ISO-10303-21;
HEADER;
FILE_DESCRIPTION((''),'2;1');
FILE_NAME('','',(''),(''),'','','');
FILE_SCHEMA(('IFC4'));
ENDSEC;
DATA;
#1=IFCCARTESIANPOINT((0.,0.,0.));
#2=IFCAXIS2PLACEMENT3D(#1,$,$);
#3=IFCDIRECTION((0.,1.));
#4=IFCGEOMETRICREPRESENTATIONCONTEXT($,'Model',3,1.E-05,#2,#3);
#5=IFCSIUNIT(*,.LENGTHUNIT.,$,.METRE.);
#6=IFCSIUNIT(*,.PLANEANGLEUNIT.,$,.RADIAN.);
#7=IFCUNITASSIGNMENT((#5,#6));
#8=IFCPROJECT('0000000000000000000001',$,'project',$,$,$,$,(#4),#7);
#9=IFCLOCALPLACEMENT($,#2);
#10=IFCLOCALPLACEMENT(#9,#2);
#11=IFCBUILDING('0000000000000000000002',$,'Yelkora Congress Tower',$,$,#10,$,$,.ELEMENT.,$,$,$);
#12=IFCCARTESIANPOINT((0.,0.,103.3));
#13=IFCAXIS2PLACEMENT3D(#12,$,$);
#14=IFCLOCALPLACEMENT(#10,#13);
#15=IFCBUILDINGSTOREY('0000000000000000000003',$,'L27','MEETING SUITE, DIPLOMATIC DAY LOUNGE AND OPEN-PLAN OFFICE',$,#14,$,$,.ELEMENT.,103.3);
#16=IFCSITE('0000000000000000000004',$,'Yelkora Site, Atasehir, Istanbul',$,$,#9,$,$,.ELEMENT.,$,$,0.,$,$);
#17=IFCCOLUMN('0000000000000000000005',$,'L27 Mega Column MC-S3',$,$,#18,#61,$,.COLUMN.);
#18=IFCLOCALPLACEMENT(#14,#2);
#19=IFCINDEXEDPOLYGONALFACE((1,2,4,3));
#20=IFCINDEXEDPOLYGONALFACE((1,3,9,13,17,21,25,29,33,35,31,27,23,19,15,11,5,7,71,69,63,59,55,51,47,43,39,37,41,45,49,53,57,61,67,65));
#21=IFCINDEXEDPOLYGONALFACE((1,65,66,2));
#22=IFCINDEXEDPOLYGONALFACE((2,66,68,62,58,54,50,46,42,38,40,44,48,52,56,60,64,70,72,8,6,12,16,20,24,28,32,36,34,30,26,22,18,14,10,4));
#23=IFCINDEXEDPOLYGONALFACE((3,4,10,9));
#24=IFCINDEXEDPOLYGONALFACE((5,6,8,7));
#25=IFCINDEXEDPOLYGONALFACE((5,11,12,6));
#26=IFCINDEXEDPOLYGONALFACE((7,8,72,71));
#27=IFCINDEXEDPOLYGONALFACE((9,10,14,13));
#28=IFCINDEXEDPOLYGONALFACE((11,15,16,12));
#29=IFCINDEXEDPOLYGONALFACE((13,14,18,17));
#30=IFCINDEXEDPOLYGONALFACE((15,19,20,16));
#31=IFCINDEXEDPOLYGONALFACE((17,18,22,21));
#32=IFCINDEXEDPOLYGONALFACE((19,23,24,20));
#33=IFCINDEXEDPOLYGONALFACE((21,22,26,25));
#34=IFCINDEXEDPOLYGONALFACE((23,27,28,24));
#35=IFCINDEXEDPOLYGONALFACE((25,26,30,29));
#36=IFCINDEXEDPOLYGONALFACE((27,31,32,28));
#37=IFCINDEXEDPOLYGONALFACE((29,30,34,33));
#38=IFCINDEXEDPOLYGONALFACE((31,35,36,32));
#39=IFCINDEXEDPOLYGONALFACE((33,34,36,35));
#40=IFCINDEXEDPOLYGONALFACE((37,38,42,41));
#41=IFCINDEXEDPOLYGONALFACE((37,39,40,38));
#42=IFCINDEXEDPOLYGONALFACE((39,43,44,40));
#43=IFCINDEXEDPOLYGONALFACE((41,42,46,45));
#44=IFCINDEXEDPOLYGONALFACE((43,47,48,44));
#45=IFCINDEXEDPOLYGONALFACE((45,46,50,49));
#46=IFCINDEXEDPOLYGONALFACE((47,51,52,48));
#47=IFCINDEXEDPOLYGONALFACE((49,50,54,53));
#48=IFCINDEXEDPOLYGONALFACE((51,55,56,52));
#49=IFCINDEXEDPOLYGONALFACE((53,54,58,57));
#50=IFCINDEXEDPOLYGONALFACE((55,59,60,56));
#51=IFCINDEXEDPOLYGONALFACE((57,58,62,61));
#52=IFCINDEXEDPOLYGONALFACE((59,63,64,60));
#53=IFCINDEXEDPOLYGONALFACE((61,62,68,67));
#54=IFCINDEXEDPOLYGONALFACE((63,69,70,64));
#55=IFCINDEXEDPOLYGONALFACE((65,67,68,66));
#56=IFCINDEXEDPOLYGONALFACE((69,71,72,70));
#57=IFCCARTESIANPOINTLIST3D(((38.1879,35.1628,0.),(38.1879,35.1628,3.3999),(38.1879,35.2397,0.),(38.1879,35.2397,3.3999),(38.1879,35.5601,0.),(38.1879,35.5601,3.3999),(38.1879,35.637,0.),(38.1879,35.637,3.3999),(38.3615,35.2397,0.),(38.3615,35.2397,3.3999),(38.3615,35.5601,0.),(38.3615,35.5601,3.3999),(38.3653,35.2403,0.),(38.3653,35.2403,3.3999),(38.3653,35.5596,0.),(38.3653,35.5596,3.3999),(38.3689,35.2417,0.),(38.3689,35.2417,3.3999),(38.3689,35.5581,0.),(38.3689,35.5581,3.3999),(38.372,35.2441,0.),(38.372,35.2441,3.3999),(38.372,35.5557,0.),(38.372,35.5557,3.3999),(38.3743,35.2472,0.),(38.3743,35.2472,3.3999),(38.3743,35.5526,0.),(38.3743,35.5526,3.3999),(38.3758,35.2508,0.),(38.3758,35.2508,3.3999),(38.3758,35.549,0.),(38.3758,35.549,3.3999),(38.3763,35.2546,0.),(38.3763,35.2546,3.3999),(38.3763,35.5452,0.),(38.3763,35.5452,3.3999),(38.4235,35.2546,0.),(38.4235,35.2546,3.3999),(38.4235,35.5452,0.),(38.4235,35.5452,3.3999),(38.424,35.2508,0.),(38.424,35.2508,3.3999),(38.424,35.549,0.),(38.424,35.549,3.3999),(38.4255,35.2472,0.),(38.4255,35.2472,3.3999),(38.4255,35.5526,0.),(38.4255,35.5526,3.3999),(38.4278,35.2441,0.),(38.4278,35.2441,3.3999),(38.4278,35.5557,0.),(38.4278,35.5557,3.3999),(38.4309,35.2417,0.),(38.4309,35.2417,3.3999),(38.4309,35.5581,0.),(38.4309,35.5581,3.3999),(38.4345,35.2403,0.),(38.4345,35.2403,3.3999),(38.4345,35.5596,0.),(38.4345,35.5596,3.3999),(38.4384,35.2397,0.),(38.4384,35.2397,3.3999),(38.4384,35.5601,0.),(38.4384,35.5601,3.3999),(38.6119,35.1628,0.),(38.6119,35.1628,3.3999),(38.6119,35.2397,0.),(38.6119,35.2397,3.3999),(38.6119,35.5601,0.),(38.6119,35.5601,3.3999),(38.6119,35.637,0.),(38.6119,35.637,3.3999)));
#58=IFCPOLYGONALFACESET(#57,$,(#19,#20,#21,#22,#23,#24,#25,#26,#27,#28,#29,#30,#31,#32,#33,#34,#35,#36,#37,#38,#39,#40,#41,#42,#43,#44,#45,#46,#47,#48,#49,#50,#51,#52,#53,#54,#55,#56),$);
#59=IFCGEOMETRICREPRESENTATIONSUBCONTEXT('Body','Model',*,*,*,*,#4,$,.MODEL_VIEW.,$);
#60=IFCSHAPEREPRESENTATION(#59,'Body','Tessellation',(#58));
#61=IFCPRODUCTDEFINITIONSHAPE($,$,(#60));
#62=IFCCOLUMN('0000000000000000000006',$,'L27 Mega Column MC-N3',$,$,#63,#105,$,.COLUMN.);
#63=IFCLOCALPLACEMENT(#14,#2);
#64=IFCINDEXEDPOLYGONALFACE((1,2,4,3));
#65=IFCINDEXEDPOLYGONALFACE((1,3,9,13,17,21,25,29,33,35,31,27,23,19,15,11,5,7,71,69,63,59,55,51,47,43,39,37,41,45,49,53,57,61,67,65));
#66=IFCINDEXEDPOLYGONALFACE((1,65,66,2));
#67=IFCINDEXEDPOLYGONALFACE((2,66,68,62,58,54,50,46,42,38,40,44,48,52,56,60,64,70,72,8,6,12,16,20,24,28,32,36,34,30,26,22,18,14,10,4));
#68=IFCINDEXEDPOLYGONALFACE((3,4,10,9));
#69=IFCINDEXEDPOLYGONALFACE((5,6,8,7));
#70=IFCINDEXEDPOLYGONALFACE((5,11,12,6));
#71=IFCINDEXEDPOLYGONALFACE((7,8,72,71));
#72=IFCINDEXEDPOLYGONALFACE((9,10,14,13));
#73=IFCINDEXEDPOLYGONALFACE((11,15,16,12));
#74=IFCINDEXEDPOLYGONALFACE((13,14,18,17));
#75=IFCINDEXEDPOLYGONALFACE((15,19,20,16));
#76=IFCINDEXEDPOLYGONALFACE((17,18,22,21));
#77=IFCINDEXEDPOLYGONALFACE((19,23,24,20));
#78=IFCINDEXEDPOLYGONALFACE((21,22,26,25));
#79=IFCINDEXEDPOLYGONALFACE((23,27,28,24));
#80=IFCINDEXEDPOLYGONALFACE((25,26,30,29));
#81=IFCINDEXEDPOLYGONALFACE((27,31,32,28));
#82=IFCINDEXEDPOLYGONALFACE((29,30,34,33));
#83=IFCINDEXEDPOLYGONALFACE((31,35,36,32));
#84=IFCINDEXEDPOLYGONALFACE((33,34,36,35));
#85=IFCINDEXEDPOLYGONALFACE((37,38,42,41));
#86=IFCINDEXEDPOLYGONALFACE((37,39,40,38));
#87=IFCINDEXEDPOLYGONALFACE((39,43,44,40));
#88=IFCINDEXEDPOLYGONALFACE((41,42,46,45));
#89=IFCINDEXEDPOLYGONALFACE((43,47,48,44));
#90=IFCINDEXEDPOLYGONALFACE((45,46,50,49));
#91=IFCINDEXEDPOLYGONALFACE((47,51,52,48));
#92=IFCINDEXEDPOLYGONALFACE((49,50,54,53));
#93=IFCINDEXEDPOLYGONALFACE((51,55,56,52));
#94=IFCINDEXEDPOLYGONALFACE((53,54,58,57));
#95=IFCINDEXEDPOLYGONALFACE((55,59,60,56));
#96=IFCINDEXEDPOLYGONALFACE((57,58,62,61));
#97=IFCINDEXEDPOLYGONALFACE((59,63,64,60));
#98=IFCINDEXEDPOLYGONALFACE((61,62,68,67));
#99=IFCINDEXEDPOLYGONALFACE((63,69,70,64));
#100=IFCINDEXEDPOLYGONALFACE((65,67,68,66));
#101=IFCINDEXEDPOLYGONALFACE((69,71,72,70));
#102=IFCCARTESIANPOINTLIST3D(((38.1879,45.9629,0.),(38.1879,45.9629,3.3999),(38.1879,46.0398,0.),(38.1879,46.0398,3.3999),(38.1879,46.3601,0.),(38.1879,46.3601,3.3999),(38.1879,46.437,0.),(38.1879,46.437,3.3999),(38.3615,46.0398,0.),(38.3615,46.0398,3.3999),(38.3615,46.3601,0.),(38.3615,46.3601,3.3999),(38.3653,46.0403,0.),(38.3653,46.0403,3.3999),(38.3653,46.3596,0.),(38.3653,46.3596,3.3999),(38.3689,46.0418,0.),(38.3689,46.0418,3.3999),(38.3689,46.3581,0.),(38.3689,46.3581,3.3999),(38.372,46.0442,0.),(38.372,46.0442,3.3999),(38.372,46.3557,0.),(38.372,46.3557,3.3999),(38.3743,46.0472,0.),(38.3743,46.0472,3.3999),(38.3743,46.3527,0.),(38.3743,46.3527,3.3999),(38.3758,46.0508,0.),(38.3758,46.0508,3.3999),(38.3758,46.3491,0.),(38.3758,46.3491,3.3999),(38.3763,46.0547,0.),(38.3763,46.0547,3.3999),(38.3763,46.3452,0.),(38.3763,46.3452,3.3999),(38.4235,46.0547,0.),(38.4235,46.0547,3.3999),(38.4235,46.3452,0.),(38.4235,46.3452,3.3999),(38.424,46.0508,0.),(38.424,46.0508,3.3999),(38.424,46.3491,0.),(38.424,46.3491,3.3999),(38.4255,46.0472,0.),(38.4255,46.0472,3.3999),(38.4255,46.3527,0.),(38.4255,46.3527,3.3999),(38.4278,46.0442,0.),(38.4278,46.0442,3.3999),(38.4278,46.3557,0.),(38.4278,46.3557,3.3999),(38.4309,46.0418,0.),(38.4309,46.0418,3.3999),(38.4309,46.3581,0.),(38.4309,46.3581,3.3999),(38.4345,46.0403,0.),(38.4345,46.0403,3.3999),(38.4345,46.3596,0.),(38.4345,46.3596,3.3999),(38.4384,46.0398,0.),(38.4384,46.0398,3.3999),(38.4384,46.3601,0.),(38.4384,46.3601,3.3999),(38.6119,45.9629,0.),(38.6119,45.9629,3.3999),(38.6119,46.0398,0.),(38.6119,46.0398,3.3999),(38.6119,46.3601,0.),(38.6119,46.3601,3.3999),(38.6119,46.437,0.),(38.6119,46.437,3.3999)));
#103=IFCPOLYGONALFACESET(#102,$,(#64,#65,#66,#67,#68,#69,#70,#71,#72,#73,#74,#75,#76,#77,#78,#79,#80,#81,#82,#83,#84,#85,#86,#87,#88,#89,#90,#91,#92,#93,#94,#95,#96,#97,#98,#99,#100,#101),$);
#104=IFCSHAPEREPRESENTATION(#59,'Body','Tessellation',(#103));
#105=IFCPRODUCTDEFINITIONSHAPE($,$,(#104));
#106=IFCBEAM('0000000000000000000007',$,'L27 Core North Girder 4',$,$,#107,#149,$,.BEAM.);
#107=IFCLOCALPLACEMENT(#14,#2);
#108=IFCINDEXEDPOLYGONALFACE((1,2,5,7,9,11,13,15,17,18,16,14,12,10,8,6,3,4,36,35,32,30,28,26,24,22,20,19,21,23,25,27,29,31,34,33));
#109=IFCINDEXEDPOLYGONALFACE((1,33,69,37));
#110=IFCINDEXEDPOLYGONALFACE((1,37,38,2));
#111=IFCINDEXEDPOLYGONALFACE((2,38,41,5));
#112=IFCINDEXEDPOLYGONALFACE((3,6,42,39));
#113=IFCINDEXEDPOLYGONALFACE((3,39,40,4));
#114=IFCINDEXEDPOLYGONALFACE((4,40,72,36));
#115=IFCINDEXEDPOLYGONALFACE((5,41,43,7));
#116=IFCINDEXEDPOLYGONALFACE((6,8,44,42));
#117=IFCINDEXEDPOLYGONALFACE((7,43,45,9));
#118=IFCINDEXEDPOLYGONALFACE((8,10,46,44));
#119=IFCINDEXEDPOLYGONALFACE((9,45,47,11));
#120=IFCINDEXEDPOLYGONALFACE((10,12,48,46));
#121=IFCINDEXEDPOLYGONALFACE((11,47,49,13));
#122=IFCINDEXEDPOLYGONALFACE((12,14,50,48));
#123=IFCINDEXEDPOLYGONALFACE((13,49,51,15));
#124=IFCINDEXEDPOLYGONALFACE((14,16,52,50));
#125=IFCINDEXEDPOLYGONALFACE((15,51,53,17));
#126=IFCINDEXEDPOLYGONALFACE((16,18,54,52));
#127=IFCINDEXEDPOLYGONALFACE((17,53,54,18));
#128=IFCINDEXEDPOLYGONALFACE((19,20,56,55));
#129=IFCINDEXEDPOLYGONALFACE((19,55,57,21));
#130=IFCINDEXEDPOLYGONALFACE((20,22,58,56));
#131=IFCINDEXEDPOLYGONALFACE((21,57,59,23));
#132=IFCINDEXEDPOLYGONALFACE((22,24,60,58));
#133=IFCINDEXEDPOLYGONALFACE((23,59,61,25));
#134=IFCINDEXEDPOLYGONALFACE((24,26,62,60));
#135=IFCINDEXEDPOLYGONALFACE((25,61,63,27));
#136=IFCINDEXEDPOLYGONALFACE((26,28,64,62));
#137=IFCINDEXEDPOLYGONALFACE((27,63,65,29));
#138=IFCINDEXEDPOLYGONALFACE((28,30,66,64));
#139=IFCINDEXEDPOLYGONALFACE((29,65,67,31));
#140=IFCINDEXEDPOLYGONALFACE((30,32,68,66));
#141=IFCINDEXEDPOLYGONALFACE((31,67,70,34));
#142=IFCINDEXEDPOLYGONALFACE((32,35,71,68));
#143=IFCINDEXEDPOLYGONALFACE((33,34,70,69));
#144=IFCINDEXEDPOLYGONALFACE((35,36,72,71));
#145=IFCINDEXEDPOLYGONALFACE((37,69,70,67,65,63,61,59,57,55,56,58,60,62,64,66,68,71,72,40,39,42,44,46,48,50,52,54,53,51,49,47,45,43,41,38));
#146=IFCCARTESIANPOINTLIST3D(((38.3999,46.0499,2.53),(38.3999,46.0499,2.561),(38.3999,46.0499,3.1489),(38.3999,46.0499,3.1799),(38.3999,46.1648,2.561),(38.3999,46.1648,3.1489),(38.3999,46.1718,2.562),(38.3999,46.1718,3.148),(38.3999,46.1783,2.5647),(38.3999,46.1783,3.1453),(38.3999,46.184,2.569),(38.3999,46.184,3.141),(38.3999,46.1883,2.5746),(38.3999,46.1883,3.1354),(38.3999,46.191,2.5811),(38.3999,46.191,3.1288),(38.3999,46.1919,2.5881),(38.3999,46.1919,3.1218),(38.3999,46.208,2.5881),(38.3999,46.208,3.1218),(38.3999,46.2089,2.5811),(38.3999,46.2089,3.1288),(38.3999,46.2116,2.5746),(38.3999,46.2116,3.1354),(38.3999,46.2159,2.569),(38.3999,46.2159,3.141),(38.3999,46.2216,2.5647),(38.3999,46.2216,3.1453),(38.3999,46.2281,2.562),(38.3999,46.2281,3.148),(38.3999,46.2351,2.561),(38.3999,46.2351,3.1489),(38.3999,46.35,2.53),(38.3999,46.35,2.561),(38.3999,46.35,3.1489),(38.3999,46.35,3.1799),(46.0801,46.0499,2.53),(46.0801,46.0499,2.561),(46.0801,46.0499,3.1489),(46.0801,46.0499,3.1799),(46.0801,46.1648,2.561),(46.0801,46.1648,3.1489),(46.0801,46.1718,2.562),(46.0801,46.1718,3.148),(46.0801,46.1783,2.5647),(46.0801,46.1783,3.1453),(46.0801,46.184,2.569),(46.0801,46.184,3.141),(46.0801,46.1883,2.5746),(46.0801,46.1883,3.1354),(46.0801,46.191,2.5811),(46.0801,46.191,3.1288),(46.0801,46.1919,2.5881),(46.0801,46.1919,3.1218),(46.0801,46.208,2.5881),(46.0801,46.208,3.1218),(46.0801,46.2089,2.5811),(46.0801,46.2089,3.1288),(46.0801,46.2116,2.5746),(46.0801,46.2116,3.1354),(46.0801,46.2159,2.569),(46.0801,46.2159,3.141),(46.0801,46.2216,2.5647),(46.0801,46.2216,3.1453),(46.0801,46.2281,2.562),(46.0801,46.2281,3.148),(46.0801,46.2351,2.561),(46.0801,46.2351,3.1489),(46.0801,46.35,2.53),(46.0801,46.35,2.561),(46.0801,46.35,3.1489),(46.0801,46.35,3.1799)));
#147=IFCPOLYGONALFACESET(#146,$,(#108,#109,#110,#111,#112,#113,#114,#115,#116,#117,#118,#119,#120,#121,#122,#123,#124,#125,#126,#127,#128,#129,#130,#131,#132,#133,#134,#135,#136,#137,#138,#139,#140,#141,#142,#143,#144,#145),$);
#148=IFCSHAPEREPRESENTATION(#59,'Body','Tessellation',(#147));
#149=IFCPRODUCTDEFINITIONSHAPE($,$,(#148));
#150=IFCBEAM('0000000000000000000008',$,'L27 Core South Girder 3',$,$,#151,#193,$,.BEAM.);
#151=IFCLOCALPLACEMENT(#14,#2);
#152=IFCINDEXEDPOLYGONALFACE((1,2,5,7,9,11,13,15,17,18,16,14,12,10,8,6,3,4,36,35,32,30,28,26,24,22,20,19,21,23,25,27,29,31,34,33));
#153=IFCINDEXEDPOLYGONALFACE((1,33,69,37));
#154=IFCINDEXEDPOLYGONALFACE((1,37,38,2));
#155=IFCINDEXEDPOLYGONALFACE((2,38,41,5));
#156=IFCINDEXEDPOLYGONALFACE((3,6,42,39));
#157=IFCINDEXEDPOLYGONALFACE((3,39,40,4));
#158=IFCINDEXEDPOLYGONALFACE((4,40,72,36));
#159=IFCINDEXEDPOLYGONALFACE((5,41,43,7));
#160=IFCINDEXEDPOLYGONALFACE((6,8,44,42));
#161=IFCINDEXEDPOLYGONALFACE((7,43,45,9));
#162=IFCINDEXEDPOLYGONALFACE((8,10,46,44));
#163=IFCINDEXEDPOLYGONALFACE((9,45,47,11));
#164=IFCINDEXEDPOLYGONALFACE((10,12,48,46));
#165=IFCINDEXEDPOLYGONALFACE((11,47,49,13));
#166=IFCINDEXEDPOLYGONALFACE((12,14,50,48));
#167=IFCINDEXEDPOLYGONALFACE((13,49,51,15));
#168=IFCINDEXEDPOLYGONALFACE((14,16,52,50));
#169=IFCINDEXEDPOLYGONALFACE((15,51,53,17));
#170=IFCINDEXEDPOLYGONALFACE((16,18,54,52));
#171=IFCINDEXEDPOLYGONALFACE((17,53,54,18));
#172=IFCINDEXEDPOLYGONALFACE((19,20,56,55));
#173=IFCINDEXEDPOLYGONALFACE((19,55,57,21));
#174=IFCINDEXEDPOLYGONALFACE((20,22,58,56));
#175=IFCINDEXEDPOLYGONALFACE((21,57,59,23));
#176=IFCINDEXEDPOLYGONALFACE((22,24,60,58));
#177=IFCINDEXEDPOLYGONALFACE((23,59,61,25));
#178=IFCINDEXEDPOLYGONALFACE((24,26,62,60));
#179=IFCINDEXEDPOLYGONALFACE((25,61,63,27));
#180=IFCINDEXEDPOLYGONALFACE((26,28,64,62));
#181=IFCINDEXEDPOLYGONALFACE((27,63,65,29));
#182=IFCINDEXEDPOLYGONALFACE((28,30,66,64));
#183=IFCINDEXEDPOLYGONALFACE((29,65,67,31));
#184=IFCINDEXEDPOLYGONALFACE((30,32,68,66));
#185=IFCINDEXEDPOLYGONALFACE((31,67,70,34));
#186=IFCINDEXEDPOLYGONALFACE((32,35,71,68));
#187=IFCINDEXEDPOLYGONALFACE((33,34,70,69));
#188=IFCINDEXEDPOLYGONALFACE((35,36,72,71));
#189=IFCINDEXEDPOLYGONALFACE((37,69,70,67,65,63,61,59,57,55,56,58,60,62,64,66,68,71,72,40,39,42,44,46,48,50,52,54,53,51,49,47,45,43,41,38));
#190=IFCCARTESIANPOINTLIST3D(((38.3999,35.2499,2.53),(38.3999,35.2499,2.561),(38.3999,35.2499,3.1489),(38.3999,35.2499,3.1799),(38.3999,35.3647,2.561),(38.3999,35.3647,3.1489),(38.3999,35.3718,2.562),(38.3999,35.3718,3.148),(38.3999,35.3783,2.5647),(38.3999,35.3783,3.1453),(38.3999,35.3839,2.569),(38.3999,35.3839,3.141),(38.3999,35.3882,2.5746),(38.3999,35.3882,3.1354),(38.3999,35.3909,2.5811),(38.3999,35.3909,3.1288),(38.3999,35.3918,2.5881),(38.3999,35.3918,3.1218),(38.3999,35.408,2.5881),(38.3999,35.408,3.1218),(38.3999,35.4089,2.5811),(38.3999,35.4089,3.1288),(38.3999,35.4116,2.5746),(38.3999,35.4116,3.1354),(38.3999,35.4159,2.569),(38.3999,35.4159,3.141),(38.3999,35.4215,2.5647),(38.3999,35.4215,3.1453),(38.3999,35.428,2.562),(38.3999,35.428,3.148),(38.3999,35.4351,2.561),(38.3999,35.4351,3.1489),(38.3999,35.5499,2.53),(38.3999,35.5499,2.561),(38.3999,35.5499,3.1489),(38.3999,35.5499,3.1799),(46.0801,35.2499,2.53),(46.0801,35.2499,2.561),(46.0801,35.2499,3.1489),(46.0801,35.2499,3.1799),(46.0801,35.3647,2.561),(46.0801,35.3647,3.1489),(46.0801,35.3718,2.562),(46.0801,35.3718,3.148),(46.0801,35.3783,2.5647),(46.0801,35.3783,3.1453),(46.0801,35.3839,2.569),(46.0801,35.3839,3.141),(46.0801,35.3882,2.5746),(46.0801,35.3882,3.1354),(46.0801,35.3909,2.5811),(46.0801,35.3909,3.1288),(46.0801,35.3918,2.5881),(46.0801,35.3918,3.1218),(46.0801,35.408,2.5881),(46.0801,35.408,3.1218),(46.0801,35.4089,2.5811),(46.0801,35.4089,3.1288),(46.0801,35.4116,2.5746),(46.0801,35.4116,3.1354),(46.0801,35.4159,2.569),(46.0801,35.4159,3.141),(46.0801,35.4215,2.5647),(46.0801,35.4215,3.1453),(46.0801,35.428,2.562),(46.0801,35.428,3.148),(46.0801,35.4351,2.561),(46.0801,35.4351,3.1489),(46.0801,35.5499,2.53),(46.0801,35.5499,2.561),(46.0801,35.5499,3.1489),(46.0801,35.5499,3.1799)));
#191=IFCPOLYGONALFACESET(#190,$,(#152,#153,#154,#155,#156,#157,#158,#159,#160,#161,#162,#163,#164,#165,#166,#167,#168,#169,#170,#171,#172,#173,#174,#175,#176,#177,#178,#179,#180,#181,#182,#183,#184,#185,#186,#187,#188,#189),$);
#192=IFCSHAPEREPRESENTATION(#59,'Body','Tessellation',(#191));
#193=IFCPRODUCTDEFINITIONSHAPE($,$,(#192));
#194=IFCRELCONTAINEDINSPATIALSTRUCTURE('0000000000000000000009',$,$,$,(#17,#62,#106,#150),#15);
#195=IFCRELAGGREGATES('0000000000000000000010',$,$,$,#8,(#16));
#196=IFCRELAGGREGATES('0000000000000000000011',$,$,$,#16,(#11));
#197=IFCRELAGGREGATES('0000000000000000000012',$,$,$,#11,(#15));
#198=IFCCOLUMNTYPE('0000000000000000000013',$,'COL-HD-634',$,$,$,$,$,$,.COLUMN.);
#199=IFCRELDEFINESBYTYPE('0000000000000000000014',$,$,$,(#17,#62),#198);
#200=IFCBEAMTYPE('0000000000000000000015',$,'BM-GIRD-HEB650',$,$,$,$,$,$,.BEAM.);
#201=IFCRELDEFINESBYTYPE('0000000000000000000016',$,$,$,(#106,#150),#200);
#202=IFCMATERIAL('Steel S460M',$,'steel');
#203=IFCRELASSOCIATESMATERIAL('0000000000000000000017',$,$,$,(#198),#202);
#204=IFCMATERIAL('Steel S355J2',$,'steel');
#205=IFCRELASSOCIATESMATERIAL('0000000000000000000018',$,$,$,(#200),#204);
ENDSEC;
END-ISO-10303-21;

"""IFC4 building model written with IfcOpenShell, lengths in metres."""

from ifc_helpers import new_model, si_unit, direction, frame, origin, origin_2d, place, context, subcontext, project, spatial, i_section, extrude, material, material_profile, profile_set, type_object, element, save


model = new_model("IFC4")

# Units and contexts
model_context = context("Model", 3, precision=1e-05, world=origin(), true_north=direction((0.0, 1.0)))
body_context = subcontext(model_context, "Body", "Model", "MODEL_VIEW")
ifc_project = project(units=[si_unit("LENGTHUNIT", "METRE"), si_unit("PLANEANGLEUNIT", "RADIAN")], contexts=[model_context])

# Site, building, storey
site_placement = place(None, origin())
site = spatial("IfcSite", under=ifc_project, at=site_placement, Name="Yelkora Site, Atasehir, Istanbul", CompositionType="ELEMENT", RefElevation=0.0)
building_placement = place(site_placement, origin())
building = spatial("IfcBuilding", under=site, at=building_placement, Name="Yelkora Congress Tower", CompositionType="ELEMENT")
storey_placement = place(building_placement, frame((0.0, 0.0, 103.3)))
storey = spatial("IfcBuildingStorey", under=building, at=storey_placement, Name="L27", Description="MEETING SUITE, DIPLOMATIC DAY LOUNGE AND OPEN-PLAN OFFICE", CompositionType="ELEMENT", Elevation=103.3)

# Columns
ifc_material_1 = material(Name="Steel S460M", Category="steel")
ifc_material_profile_1 = material_profile(ifc_material_1, i_section(OverallWidth=0.4241, OverallDepth=0.4741, WebThickness=0.0471, FlangeThickness=0.0769, FilletRadius=0.0149, at=origin_2d()), Name="HD 400x634")
ifc_profile_set_1 = profile_set([ifc_material_profile_1], Name="Steel S460M")
column_type = type_object("IfcColumnType", Name="COL-HD-634", PredefinedType="COLUMN", material=ifc_profile_set_1)
for number, where, z_axis, x_axis, name in (
    (1, (38.3999, 35.3999, 0.0), (0.0, 0.0, 1.0), (1.0, 0.0, 0.0), "L27 Mega Column MC-S3"),
    (2, (38.3999, 46.2, 0.0), (0.0, 0.0, 1.0), (1.0, 0.0, 0.0), "L27 Mega Column MC-N3"),
):
    element("IfcColumn", number, at=place(storey_placement, frame(where, z_axis=z_axis, x_axis=x_axis)), inside=storey, type_object=column_type, Name=name, PredefinedType="COLUMN", context=body_context, shape_type="SweptSolid", body=[
        extrude(i_section(OverallWidth=0.4241, OverallDepth=0.4741, WebThickness=0.0471, FlangeThickness=0.0769, FilletRadius=0.0149, at=origin_2d()), origin(), (0.0, 0.0, 1.0), 3.3999),
    ])

# Beams
ifc_material_2 = material(Name="Steel S355J2", Category="steel")
ifc_material_profile_2 = material_profile(ifc_material_2, i_section(OverallWidth=0.3, OverallDepth=0.6499, WebThickness=0.0161, FlangeThickness=0.031, FilletRadius=0.0271, at=origin_2d()), Name="HEB 650")
ifc_profile_set_2 = profile_set([ifc_material_profile_2], Name="Steel S355J2")
beam_type = type_object("IfcBeamType", Name="BM-GIRD-HEB650", PredefinedType="BEAM", material=ifc_profile_set_2)
for number, where, z_axis, x_axis, name in (
    (3, (38.3999, 46.2, 2.855), (1.0, 0.0, 0.0), (0.0, 1.0, 0.0), "L27 Core North Girder 4"),
    (4, (38.3999, 35.3999, 2.855), (1.0, 0.0, 0.0), (0.0, 1.0, 0.0), "L27 Core South Girder 3"),
):
    element("IfcBeam", number, at=place(storey_placement, frame(where, z_axis=z_axis, x_axis=x_axis)), inside=storey, type_object=beam_type, Name=name, PredefinedType="BEAM", context=body_context, shape_type="SweptSolid", body=[
        extrude(i_section(OverallWidth=0.3, OverallDepth=0.6499, WebThickness=0.0161, FlangeThickness=0.031, FilletRadius=0.0271, at=origin_2d()), origin(), (0.0, 0.0, 1.0), 7.6802),
    ])

save(model, "model.ifc")
